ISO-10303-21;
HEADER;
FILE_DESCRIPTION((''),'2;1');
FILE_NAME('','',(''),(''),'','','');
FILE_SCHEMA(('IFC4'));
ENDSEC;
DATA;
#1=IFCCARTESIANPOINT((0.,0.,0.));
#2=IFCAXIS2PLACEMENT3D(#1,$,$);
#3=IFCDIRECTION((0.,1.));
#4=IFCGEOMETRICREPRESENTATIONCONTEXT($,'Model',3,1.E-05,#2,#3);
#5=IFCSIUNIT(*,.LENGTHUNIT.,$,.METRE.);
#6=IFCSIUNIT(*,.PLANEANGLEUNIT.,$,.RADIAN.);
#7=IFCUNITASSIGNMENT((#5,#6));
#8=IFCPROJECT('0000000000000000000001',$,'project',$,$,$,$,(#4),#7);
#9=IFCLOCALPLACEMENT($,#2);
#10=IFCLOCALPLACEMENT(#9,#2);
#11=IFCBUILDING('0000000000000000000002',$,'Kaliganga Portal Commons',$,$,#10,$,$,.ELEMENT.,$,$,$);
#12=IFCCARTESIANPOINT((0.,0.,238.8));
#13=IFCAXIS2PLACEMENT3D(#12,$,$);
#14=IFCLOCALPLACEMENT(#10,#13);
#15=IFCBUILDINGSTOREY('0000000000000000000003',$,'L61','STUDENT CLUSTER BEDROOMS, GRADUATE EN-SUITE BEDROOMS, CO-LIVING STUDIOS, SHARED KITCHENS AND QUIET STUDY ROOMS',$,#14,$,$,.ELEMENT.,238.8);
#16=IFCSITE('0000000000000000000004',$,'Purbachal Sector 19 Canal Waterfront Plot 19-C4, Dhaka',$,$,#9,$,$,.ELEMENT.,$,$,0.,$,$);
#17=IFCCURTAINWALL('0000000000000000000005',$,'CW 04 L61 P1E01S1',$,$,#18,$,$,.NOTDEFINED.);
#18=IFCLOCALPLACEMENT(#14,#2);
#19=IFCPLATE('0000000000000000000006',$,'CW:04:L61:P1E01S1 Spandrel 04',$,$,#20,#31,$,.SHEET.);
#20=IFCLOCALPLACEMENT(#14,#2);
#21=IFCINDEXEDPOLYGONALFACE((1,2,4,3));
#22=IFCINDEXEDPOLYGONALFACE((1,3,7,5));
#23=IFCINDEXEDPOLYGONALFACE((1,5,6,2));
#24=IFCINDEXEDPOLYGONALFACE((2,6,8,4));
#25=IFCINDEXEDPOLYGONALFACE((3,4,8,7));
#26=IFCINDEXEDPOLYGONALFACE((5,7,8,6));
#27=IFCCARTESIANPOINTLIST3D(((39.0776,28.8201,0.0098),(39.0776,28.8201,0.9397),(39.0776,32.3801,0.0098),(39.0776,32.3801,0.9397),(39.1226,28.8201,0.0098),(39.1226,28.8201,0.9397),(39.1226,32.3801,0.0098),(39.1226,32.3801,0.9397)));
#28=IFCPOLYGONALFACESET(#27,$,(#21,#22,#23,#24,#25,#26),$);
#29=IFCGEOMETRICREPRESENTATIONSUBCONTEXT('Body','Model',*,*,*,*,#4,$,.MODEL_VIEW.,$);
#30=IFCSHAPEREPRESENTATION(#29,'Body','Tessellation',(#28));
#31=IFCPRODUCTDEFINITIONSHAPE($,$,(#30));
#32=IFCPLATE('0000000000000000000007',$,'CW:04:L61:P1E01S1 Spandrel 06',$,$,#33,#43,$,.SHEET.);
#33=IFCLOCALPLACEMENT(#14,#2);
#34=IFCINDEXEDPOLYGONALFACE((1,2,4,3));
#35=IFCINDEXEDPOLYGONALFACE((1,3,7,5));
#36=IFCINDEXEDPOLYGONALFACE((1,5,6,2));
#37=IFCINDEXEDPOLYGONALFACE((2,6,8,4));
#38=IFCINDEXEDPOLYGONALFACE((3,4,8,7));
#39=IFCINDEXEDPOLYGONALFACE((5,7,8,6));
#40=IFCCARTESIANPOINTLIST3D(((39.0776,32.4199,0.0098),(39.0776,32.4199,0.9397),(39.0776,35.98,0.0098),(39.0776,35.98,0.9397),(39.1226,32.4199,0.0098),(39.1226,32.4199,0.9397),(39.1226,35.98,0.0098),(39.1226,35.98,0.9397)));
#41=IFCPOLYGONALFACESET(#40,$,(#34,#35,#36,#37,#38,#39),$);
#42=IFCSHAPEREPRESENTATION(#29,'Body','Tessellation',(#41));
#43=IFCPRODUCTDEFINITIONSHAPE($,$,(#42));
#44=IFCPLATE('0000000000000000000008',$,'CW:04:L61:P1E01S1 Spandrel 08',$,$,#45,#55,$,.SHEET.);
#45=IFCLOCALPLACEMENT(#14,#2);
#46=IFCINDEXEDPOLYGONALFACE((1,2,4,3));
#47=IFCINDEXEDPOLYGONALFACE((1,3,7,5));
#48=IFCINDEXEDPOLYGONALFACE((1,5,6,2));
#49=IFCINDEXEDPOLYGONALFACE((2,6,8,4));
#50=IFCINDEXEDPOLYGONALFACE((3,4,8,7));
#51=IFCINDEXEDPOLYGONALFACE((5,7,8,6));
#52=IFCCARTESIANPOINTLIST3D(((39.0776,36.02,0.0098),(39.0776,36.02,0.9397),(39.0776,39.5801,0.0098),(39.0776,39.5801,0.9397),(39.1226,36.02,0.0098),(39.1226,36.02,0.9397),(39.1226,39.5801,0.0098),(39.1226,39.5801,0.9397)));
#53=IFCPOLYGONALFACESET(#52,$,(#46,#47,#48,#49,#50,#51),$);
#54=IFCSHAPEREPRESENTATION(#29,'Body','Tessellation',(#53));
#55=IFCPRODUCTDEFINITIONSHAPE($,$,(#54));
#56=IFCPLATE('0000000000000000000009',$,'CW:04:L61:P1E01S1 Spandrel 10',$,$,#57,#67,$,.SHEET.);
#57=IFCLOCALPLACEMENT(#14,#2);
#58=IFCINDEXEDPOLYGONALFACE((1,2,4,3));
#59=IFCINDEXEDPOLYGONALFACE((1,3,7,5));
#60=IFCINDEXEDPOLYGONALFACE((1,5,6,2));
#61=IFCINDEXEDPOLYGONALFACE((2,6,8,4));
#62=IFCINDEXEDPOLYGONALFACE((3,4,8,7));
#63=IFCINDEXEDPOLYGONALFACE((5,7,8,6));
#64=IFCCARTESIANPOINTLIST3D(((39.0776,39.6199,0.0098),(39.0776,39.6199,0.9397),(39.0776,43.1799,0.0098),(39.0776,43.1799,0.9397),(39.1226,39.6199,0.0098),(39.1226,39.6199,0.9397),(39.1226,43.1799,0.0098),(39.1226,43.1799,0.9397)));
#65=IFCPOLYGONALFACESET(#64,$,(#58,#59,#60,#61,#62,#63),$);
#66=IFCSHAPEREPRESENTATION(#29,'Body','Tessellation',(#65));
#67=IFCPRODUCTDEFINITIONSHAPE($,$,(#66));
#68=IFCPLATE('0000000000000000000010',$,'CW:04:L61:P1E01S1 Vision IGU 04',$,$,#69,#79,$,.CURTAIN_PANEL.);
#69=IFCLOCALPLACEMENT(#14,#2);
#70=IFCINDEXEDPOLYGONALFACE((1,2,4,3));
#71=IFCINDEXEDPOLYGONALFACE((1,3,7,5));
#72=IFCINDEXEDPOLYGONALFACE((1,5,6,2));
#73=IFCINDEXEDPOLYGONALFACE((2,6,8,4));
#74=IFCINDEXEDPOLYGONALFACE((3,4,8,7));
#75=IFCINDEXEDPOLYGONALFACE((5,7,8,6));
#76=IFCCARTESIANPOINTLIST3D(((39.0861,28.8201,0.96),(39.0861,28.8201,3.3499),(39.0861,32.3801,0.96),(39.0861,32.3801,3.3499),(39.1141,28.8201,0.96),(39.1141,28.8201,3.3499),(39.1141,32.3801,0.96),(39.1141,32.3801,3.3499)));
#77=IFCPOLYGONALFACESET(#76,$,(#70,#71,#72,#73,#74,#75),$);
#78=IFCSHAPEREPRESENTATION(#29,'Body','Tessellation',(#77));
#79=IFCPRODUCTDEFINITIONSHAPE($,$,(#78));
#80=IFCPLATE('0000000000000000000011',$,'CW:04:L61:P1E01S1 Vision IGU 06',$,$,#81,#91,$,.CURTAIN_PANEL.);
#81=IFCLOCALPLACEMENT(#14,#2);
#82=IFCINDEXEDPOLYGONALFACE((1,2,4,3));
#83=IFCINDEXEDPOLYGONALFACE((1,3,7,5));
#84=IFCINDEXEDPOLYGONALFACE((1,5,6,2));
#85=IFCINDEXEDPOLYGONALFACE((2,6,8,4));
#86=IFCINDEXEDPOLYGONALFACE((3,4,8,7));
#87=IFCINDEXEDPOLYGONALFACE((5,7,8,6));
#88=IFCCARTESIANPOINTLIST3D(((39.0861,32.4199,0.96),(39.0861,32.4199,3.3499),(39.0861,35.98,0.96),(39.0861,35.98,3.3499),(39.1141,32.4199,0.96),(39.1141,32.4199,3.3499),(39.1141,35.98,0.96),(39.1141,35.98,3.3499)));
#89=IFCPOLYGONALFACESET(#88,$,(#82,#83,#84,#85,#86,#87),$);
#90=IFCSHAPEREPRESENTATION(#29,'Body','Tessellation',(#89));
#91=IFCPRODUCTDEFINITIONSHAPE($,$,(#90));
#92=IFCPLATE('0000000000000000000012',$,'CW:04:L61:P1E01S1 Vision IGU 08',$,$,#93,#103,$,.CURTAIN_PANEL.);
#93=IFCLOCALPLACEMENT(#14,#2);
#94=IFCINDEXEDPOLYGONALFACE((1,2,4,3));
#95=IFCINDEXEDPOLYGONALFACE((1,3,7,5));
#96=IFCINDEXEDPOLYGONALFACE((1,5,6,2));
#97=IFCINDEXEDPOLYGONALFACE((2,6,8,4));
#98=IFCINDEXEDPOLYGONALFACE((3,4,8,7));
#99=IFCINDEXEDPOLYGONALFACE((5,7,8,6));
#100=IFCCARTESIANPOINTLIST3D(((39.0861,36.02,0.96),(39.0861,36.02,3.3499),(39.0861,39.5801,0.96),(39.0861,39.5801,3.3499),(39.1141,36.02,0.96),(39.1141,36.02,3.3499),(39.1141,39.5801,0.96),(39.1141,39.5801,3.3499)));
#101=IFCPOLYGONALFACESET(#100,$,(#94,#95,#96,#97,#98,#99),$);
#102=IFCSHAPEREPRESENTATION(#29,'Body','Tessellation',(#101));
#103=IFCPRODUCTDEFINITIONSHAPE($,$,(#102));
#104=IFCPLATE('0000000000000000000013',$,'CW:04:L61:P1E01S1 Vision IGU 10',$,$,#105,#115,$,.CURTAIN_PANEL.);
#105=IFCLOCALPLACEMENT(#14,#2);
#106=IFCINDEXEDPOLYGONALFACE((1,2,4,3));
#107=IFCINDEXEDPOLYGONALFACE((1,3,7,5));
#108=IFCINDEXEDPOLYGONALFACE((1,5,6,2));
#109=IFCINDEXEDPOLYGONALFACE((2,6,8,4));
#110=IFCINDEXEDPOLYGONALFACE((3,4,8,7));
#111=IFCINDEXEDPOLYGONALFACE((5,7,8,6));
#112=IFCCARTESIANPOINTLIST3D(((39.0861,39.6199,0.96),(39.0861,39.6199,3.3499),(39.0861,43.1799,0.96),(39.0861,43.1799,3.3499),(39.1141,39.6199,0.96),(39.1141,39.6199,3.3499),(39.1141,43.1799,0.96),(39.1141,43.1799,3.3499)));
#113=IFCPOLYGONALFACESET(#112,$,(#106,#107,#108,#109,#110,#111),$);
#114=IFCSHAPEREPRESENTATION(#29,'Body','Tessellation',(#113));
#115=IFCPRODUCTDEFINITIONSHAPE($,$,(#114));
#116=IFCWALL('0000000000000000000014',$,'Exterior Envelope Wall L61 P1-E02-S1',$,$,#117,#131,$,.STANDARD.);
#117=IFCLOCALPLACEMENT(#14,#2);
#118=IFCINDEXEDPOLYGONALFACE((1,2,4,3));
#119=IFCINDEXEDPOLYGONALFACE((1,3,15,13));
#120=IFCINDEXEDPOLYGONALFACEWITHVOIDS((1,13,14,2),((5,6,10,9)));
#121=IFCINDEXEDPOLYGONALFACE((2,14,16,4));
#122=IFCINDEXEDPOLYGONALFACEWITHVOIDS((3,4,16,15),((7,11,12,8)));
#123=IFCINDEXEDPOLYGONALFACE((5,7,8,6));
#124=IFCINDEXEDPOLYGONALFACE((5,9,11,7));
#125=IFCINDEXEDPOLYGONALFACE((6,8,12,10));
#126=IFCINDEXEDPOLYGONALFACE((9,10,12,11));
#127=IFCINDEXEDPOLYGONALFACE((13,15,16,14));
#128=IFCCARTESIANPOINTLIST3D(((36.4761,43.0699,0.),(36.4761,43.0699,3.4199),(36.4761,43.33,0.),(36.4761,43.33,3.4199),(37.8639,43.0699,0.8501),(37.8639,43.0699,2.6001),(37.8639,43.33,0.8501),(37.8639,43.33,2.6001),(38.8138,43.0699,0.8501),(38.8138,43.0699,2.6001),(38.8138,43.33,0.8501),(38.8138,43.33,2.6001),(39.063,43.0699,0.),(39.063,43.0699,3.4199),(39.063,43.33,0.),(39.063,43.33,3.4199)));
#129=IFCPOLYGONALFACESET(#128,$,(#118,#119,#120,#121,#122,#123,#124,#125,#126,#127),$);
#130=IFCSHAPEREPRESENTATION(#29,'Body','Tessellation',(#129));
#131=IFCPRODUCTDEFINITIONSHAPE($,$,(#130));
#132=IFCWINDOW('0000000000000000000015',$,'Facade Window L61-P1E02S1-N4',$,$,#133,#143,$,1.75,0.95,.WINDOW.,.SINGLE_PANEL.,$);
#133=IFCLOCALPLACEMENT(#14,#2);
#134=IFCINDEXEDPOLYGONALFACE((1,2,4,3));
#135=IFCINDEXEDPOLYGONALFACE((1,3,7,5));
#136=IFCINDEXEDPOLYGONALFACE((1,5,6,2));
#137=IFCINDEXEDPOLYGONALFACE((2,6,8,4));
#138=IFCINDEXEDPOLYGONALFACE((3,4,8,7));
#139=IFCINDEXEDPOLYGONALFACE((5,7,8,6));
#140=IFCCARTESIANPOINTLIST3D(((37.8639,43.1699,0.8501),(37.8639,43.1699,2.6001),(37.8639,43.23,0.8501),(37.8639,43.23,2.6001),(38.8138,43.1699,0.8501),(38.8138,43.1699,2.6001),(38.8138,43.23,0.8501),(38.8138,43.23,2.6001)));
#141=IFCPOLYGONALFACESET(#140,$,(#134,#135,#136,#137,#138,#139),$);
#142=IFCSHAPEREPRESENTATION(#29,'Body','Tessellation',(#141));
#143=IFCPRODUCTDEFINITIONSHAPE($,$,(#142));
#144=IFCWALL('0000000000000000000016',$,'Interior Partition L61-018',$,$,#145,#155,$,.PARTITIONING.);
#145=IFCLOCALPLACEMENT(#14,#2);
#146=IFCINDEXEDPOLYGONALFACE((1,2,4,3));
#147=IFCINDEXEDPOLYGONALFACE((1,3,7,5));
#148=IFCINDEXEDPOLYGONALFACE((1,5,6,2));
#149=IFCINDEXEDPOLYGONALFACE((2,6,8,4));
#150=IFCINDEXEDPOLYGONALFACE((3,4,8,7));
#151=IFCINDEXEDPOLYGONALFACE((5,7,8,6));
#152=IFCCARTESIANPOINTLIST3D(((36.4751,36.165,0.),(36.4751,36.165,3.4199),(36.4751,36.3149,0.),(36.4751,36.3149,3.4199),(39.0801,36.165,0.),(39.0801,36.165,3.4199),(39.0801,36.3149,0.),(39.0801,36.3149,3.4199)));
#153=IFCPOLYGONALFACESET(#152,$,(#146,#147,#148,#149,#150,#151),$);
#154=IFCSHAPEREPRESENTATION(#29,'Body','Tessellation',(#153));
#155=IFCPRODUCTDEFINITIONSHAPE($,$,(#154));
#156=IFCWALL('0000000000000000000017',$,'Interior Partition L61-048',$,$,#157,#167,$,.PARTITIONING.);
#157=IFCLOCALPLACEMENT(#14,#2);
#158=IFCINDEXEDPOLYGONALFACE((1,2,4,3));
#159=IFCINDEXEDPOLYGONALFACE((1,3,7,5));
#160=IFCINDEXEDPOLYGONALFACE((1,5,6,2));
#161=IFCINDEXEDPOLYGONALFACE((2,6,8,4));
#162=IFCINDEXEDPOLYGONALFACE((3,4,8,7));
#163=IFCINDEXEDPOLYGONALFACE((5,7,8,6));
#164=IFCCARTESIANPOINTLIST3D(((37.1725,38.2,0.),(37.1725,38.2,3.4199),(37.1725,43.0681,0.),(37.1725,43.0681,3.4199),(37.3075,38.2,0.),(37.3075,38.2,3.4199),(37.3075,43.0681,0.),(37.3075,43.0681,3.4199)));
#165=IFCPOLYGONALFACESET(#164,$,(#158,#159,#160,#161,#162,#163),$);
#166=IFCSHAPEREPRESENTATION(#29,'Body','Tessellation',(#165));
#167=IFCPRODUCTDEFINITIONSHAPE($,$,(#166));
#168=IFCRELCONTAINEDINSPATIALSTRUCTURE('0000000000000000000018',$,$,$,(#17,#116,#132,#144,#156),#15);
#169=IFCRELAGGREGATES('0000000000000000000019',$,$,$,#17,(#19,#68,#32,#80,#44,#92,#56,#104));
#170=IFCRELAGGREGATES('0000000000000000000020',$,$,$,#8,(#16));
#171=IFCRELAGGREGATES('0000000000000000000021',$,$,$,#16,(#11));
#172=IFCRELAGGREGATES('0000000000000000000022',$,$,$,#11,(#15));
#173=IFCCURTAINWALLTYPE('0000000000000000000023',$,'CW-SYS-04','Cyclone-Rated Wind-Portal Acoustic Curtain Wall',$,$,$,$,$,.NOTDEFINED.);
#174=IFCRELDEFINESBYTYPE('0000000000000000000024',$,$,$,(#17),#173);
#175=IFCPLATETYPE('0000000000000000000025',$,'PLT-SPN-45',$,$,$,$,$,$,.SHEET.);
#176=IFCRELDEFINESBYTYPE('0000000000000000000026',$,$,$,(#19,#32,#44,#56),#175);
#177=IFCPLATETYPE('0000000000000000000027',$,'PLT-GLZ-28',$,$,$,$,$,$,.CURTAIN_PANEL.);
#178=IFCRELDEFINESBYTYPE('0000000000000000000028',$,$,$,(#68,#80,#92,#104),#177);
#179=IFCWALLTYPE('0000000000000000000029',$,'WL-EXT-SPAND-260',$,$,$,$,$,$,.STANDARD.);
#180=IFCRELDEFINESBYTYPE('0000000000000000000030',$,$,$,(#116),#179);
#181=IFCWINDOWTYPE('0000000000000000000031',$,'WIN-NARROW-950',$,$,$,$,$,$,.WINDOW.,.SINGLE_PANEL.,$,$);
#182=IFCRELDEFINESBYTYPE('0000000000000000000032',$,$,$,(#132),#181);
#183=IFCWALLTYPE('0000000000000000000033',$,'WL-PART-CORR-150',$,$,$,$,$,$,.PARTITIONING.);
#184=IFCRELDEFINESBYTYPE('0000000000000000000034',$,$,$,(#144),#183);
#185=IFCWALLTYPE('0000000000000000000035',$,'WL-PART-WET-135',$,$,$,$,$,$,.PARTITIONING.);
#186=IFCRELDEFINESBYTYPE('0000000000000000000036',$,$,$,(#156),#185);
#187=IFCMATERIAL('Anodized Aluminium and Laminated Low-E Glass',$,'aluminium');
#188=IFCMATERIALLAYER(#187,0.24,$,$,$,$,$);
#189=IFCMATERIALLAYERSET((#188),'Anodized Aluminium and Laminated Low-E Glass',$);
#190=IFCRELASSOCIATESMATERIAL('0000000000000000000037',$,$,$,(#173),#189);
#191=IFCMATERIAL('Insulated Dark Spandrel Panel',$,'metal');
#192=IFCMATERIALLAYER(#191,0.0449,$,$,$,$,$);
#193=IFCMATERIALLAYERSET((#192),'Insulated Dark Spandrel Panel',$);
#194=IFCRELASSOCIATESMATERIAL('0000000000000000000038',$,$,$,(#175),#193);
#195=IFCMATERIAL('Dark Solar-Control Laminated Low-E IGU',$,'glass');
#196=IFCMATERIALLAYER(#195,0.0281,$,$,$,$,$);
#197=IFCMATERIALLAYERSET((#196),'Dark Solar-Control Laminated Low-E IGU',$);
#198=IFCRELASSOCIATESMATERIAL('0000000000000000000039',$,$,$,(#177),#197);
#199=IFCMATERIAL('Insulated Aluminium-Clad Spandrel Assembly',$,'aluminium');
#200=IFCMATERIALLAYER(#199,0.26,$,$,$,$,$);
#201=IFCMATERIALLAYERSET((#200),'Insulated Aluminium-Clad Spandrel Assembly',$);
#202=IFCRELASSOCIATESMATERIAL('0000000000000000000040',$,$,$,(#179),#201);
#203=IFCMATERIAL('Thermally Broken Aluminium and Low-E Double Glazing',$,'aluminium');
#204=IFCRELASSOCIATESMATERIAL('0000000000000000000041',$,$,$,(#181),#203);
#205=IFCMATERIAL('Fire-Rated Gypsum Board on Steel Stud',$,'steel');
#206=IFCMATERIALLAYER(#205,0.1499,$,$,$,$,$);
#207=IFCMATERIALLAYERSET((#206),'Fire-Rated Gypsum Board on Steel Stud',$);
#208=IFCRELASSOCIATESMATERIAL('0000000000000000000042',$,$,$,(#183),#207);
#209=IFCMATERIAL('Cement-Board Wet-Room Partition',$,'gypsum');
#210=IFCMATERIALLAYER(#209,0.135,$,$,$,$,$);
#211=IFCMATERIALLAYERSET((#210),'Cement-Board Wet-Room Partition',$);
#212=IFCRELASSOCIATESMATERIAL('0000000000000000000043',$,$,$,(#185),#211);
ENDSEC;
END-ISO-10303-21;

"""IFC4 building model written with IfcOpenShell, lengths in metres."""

from ifc_helpers import new_model, si_unit, direction, frame, frame_2d, origin, origin_2d, place, context, subcontext, project, spatial, rectangle, extrude, source, transform, mapped, material, layer, layer_set, type_object, element, fill, aggregate, save


model = new_model("IFC4")

# Units and contexts
model_context = context("Model", 3, precision=1e-05, world=origin(), true_north=direction((0.0, 1.0)))
body_context = subcontext(model_context, "Body", "Model", "MODEL_VIEW")
ifc_project = project(units=[si_unit("LENGTHUNIT", "METRE"), si_unit("PLANEANGLEUNIT", "RADIAN")], contexts=[model_context])

# Site, building, storey
site_placement = place(None, origin())
site = spatial("IfcSite", under=ifc_project, at=site_placement, Name="Purbachal Sector 19 Canal Waterfront Plot 19-C4, Dhaka", CompositionType="ELEMENT", RefElevation=0.0)
building_placement = place(site_placement, origin())
building = spatial("IfcBuilding", under=site, at=building_placement, Name="Kaliganga Portal Commons", CompositionType="ELEMENT")
storey_placement = place(building_placement, frame((0.0, 0.0, 238.8)))
storey = spatial("IfcBuildingStorey", under=building, at=storey_placement, Name="L61", Description="STUDENT CLUSTER BEDROOMS, GRADUATE EN-SUITE BEDROOMS, CO-LIVING STUDIOS, SHARED KITCHENS AND QUIET STUDY ROOMS", CompositionType="ELEMENT", Elevation=238.8)

# Curtain wall
ifc_material_1 = material(Name="Anodized Aluminium and Laminated Low-E Glass", Category="aluminium")
ifc_layer_1 = layer(ifc_material_1, 0.24)
ifc_layer_set_1 = layer_set([ifc_layer_1], Name="Anodized Aluminium and Laminated Low-E Glass")
curtain_wall_type = type_object("IfcCurtainWallType", Name="CW-SYS-04", Description="Cyclone-Rated Wind-Portal Acoustic Curtain Wall", PredefinedType="NOTDEFINED", material=ifc_layer_set_1)
curtain_wall_1_placement = place(storey_placement, origin())
curtain_wall_1 = element("IfcCurtainWall", 1, at=curtain_wall_1_placement, inside=storey, type_object=curtain_wall_type, Name="CW 04 L61 P1E01S1", PredefinedType="NOTDEFINED")

# Shared definitions
ifc_material_2 = material(Name="Insulated Dark Spandrel Panel", Category="metal")
ifc_layer_2 = layer(ifc_material_2, 0.0449)
ifc_layer_set_2 = layer_set([ifc_layer_2], Name="Insulated Dark Spandrel Panel")
plate_type_1 = type_object("IfcPlateType", Name="PLT-SPN-45", PredefinedType="SHEET", material=ifc_layer_set_2)
ifc_material_3 = material(Name="Dark Solar-Control Laminated Low-E IGU", Category="glass")
ifc_layer_3 = layer(ifc_material_3, 0.0281)
ifc_layer_set_3 = layer_set([ifc_layer_3], Name="Dark Solar-Control Laminated Low-E IGU")
plate_type_2 = type_object("IfcPlateType", Name="PLT-GLZ-28", PredefinedType="CURTAIN_PANEL", material=ifc_layer_set_3)

# Plates
shared_shape_1 = source(origin(), body_context, "Body", "SweptSolid", [
    extrude(rectangle(XDim=3.5601, YDim=0.0449, at=origin_2d()), origin(), (0.0, 0.0, 1.0), 0.9299),
])
plate_1_placement = place(storey_placement, frame((39.1001, 30.6001, 0.0098), z_axis=(0.0, 0.0, 1.0), x_axis=(0.0, 1.0, 0.0)))
plate_1 = element("IfcPlate", 2, at=plate_1_placement, type_object=plate_type_1, Name="CW:04:L61:P1E01S1 Spandrel 04", PredefinedType="SHEET", context=body_context, shape_type="MappedRepresentation", body=[
    mapped(shared_shape_1, transform((0.0, 0.0, 0.0), x_axis=(1.0, 0.0, 0.0), y_axis=(0.0, 1.0, 0.0), z_axis=(0.0, 0.0, 1.0), scale=1.0)),
])
plate_2_placement = place(storey_placement, frame((39.1001, 34.2, 0.0098), z_axis=(0.0, 0.0, 1.0), x_axis=(0.0, 1.0, 0.0)))
plate_2 = element("IfcPlate", 3, at=plate_2_placement, type_object=plate_type_1, Name="CW:04:L61:P1E01S1 Spandrel 06", PredefinedType="SHEET", context=body_context, shape_type="MappedRepresentation", body=[
    mapped(shared_shape_1, transform((0.0, 0.0, 0.0), x_axis=(1.0, 0.0, 0.0), y_axis=(0.0, 1.0, 0.0), z_axis=(0.0, 0.0, 1.0), scale=1.0)),
])
plate_3_placement = place(storey_placement, frame((39.1001, 37.8, 0.0098), z_axis=(0.0, 0.0, 1.0), x_axis=(0.0, 1.0, 0.0)))
plate_3 = element("IfcPlate", 4, at=plate_3_placement, type_object=plate_type_1, Name="CW:04:L61:P1E01S1 Spandrel 08", PredefinedType="SHEET", context=body_context, shape_type="MappedRepresentation", body=[
    mapped(shared_shape_1, transform((0.0, 0.0, 0.0), x_axis=(1.0, 0.0, 0.0), y_axis=(0.0, 1.0, 0.0), z_axis=(0.0, 0.0, 1.0), scale=1.0)),
])
plate_4_placement = place(storey_placement, frame((39.1001, 41.3999, 0.0098), z_axis=(0.0, 0.0, 1.0), x_axis=(0.0, 1.0, 0.0)))
plate_4 = element("IfcPlate", 5, at=plate_4_placement, type_object=plate_type_1, Name="CW:04:L61:P1E01S1 Spandrel 10", PredefinedType="SHEET", context=body_context, shape_type="MappedRepresentation", body=[
    mapped(shared_shape_1, transform((0.0, 0.0, 0.0), x_axis=(1.0, 0.0, 0.0), y_axis=(0.0, 1.0, 0.0), z_axis=(0.0, 0.0, 1.0), scale=1.0)),
])
shared_shape_2 = source(origin(), body_context, "Body", "SweptSolid", [
    extrude(rectangle(XDim=3.5601, YDim=0.0281, at=origin_2d()), origin(), (0.0, 0.0, 1.0), 2.3899),
])
plate_5_placement = place(storey_placement, frame((39.1001, 30.6001, 0.96), z_axis=(0.0, 0.0, 1.0), x_axis=(0.0, 1.0, 0.0)))
plate_5 = element("IfcPlate", 6, at=plate_5_placement, type_object=plate_type_2, Name="CW:04:L61:P1E01S1 Vision IGU 04", PredefinedType="CURTAIN_PANEL", context=body_context, shape_type="MappedRepresentation", body=[
    mapped(shared_shape_2, transform((0.0, 0.0, 0.0), x_axis=(1.0, 0.0, 0.0), y_axis=(0.0, 1.0, 0.0), z_axis=(0.0, 0.0, 1.0), scale=1.0)),
])
plate_6_placement = place(storey_placement, frame((39.1001, 34.2, 0.96), z_axis=(0.0, 0.0, 1.0), x_axis=(0.0, 1.0, 0.0)))
plate_6 = element("IfcPlate", 7, at=plate_6_placement, type_object=plate_type_2, Name="CW:04:L61:P1E01S1 Vision IGU 06", PredefinedType="CURTAIN_PANEL", context=body_context, shape_type="MappedRepresentation", body=[
    mapped(shared_shape_2, transform((0.0, 0.0, 0.0), x_axis=(1.0, 0.0, 0.0), y_axis=(0.0, 1.0, 0.0), z_axis=(0.0, 0.0, 1.0), scale=1.0)),
])
plate_7_placement = place(storey_placement, frame((39.1001, 37.8, 0.96), z_axis=(0.0, 0.0, 1.0), x_axis=(0.0, 1.0, 0.0)))
plate_7 = element("IfcPlate", 8, at=plate_7_placement, type_object=plate_type_2, Name="CW:04:L61:P1E01S1 Vision IGU 08", PredefinedType="CURTAIN_PANEL", context=body_context, shape_type="MappedRepresentation", body=[
    mapped(shared_shape_2, transform((0.0, 0.0, 0.0), x_axis=(1.0, 0.0, 0.0), y_axis=(0.0, 1.0, 0.0), z_axis=(0.0, 0.0, 1.0), scale=1.0)),
])
plate_8_placement = place(storey_placement, frame((39.1001, 41.3999, 0.96), z_axis=(0.0, 0.0, 1.0), x_axis=(0.0, 1.0, 0.0)))
plate_8 = element("IfcPlate", 9, at=plate_8_placement, type_object=plate_type_2, Name="CW:04:L61:P1E01S1 Vision IGU 10", PredefinedType="CURTAIN_PANEL", context=body_context, shape_type="MappedRepresentation", body=[
    mapped(shared_shape_2, transform((0.0, 0.0, 0.0), x_axis=(1.0, 0.0, 0.0), y_axis=(0.0, 1.0, 0.0), z_axis=(0.0, 0.0, 1.0), scale=1.0)),
])
aggregate(curtain_wall_1, [plate_1, plate_5, plate_2, plate_6, plate_3, plate_7, plate_4, plate_8])

# Wall, opening, window
ifc_material_4 = material(Name="Insulated Aluminium-Clad Spandrel Assembly", Category="aluminium")
ifc_layer_4 = layer(ifc_material_4, 0.26)
ifc_layer_set_4 = layer_set([ifc_layer_4], Name="Insulated Aluminium-Clad Spandrel Assembly")
wall_type_1 = type_object("IfcWallType", Name="WL-EXT-SPAND-260", PredefinedType="STANDARD", material=ifc_layer_set_4)
wall_1_placement = place(storey_placement, frame((36.4761, 43.2, 0.0), z_axis=(0.0, 0.0, 1.0), x_axis=(1.0, 0.0, 0.0)))
wall_1 = element("IfcWall", 10, at=wall_1_placement, inside=storey, type_object=wall_type_1, Name="Exterior Envelope Wall L61 P1-E02-S1", PredefinedType="STANDARD", context=body_context, shape_type="SweptSolid", body=[
    extrude(rectangle(XDim=2.5869, YDim=0.26, at=frame_2d((1.2935, 0.0))), origin(), (0.0, 0.0, 1.0), 3.4199),
])
opening_1_placement = place(wall_1_placement, frame((1.3877, 0.0, 0.8501)))
opening_1 = element("IfcOpeningElement", 11, at=opening_1_placement, cuts=wall_1, PredefinedType="OPENING", context=body_context, shape_type="SweptSolid", body=[
    extrude(rectangle(XDim=0.95, YDim=1.75, at=frame_2d((0.4751, 0.875))), frame((0.0, 0.1401, 0.0), z_axis=(0.0, -1.0, 0.0), x_axis=(1.0, 0.0, 0.0)), (0.0, 0.0, 1.0), 0.28),
])
ifc_material_5 = material(Name="Thermally Broken Aluminium and Low-E Double Glazing", Category="aluminium")
window_type = type_object("IfcWindowType", Name="WIN-NARROW-950", PartitioningType="SINGLE_PANEL", PredefinedType="WINDOW", material=ifc_material_5)
window_placement = place(opening_1_placement, origin())
window = element("IfcWindow", 12, at=window_placement, inside=storey, type_object=window_type, Name="Facade Window L61-P1E02S1-N4", OverallHeight=1.75, OverallWidth=0.95, PartitioningType="SINGLE_PANEL", PredefinedType="WINDOW", context=body_context, shape_type="SweptSolid", body=[
    extrude(rectangle(XDim=0.95, YDim=1.75, at=frame_2d((0.4751, 0.875))), frame((0.0, 0.03, 0.0), z_axis=(0.0, -1.0, 0.0), x_axis=(1.0, 0.0, 0.0)), (0.0, 0.0, 1.0), 0.0601),
])
fill(opening_1, window)

# Wall
ifc_material_6 = material(Name="Fire-Rated Gypsum Board on Steel Stud", Category="steel")
ifc_layer_5 = layer(ifc_material_6, 0.1499)
ifc_layer_set_5 = layer_set([ifc_layer_5], Name="Fire-Rated Gypsum Board on Steel Stud")
wall_type_2 = type_object("IfcWallType", Name="WL-PART-CORR-150", PredefinedType="PARTITIONING", material=ifc_layer_set_5)
wall_2_placement = place(storey_placement, frame((36.4751, 36.24, 0.0), z_axis=(0.0, 0.0, 1.0), x_axis=(1.0, 0.0, 0.0)))
element("IfcWall", 13, at=wall_2_placement, inside=storey, type_object=wall_type_2, Name="Interior Partition L61-018", PredefinedType="PARTITIONING", context=body_context, shape_type="SweptSolid", body=[
    extrude(rectangle(XDim=2.605, YDim=0.1499, at=frame_2d((1.3025, 0.0))), origin(), (0.0, 0.0, 1.0), 3.4199),
])

# Wall
ifc_material_7 = material(Name="Cement-Board Wet-Room Partition", Category="gypsum")
ifc_layer_6 = layer(ifc_material_7, 0.135)
ifc_layer_set_6 = layer_set([ifc_layer_6], Name="Cement-Board Wet-Room Partition")
wall_type_3 = type_object("IfcWallType", Name="WL-PART-WET-135", PredefinedType="PARTITIONING", material=ifc_layer_set_6)
wall_3_placement = place(storey_placement, frame((37.24, 38.2, 0.0), z_axis=(0.0, 0.0, 1.0), x_axis=(0.0, 1.0, 0.0)))
element("IfcWall", 14, at=wall_3_placement, inside=storey, type_object=wall_type_3, Name="Interior Partition L61-048", PredefinedType="PARTITIONING", context=body_context, shape_type="SweptSolid", body=[
    extrude(rectangle(XDim=4.8682, YDim=0.135, at=frame_2d((2.4341, 0.0))), origin(), (0.0, 0.0, 1.0), 3.4199),
])

save(model, "model.ifc")
